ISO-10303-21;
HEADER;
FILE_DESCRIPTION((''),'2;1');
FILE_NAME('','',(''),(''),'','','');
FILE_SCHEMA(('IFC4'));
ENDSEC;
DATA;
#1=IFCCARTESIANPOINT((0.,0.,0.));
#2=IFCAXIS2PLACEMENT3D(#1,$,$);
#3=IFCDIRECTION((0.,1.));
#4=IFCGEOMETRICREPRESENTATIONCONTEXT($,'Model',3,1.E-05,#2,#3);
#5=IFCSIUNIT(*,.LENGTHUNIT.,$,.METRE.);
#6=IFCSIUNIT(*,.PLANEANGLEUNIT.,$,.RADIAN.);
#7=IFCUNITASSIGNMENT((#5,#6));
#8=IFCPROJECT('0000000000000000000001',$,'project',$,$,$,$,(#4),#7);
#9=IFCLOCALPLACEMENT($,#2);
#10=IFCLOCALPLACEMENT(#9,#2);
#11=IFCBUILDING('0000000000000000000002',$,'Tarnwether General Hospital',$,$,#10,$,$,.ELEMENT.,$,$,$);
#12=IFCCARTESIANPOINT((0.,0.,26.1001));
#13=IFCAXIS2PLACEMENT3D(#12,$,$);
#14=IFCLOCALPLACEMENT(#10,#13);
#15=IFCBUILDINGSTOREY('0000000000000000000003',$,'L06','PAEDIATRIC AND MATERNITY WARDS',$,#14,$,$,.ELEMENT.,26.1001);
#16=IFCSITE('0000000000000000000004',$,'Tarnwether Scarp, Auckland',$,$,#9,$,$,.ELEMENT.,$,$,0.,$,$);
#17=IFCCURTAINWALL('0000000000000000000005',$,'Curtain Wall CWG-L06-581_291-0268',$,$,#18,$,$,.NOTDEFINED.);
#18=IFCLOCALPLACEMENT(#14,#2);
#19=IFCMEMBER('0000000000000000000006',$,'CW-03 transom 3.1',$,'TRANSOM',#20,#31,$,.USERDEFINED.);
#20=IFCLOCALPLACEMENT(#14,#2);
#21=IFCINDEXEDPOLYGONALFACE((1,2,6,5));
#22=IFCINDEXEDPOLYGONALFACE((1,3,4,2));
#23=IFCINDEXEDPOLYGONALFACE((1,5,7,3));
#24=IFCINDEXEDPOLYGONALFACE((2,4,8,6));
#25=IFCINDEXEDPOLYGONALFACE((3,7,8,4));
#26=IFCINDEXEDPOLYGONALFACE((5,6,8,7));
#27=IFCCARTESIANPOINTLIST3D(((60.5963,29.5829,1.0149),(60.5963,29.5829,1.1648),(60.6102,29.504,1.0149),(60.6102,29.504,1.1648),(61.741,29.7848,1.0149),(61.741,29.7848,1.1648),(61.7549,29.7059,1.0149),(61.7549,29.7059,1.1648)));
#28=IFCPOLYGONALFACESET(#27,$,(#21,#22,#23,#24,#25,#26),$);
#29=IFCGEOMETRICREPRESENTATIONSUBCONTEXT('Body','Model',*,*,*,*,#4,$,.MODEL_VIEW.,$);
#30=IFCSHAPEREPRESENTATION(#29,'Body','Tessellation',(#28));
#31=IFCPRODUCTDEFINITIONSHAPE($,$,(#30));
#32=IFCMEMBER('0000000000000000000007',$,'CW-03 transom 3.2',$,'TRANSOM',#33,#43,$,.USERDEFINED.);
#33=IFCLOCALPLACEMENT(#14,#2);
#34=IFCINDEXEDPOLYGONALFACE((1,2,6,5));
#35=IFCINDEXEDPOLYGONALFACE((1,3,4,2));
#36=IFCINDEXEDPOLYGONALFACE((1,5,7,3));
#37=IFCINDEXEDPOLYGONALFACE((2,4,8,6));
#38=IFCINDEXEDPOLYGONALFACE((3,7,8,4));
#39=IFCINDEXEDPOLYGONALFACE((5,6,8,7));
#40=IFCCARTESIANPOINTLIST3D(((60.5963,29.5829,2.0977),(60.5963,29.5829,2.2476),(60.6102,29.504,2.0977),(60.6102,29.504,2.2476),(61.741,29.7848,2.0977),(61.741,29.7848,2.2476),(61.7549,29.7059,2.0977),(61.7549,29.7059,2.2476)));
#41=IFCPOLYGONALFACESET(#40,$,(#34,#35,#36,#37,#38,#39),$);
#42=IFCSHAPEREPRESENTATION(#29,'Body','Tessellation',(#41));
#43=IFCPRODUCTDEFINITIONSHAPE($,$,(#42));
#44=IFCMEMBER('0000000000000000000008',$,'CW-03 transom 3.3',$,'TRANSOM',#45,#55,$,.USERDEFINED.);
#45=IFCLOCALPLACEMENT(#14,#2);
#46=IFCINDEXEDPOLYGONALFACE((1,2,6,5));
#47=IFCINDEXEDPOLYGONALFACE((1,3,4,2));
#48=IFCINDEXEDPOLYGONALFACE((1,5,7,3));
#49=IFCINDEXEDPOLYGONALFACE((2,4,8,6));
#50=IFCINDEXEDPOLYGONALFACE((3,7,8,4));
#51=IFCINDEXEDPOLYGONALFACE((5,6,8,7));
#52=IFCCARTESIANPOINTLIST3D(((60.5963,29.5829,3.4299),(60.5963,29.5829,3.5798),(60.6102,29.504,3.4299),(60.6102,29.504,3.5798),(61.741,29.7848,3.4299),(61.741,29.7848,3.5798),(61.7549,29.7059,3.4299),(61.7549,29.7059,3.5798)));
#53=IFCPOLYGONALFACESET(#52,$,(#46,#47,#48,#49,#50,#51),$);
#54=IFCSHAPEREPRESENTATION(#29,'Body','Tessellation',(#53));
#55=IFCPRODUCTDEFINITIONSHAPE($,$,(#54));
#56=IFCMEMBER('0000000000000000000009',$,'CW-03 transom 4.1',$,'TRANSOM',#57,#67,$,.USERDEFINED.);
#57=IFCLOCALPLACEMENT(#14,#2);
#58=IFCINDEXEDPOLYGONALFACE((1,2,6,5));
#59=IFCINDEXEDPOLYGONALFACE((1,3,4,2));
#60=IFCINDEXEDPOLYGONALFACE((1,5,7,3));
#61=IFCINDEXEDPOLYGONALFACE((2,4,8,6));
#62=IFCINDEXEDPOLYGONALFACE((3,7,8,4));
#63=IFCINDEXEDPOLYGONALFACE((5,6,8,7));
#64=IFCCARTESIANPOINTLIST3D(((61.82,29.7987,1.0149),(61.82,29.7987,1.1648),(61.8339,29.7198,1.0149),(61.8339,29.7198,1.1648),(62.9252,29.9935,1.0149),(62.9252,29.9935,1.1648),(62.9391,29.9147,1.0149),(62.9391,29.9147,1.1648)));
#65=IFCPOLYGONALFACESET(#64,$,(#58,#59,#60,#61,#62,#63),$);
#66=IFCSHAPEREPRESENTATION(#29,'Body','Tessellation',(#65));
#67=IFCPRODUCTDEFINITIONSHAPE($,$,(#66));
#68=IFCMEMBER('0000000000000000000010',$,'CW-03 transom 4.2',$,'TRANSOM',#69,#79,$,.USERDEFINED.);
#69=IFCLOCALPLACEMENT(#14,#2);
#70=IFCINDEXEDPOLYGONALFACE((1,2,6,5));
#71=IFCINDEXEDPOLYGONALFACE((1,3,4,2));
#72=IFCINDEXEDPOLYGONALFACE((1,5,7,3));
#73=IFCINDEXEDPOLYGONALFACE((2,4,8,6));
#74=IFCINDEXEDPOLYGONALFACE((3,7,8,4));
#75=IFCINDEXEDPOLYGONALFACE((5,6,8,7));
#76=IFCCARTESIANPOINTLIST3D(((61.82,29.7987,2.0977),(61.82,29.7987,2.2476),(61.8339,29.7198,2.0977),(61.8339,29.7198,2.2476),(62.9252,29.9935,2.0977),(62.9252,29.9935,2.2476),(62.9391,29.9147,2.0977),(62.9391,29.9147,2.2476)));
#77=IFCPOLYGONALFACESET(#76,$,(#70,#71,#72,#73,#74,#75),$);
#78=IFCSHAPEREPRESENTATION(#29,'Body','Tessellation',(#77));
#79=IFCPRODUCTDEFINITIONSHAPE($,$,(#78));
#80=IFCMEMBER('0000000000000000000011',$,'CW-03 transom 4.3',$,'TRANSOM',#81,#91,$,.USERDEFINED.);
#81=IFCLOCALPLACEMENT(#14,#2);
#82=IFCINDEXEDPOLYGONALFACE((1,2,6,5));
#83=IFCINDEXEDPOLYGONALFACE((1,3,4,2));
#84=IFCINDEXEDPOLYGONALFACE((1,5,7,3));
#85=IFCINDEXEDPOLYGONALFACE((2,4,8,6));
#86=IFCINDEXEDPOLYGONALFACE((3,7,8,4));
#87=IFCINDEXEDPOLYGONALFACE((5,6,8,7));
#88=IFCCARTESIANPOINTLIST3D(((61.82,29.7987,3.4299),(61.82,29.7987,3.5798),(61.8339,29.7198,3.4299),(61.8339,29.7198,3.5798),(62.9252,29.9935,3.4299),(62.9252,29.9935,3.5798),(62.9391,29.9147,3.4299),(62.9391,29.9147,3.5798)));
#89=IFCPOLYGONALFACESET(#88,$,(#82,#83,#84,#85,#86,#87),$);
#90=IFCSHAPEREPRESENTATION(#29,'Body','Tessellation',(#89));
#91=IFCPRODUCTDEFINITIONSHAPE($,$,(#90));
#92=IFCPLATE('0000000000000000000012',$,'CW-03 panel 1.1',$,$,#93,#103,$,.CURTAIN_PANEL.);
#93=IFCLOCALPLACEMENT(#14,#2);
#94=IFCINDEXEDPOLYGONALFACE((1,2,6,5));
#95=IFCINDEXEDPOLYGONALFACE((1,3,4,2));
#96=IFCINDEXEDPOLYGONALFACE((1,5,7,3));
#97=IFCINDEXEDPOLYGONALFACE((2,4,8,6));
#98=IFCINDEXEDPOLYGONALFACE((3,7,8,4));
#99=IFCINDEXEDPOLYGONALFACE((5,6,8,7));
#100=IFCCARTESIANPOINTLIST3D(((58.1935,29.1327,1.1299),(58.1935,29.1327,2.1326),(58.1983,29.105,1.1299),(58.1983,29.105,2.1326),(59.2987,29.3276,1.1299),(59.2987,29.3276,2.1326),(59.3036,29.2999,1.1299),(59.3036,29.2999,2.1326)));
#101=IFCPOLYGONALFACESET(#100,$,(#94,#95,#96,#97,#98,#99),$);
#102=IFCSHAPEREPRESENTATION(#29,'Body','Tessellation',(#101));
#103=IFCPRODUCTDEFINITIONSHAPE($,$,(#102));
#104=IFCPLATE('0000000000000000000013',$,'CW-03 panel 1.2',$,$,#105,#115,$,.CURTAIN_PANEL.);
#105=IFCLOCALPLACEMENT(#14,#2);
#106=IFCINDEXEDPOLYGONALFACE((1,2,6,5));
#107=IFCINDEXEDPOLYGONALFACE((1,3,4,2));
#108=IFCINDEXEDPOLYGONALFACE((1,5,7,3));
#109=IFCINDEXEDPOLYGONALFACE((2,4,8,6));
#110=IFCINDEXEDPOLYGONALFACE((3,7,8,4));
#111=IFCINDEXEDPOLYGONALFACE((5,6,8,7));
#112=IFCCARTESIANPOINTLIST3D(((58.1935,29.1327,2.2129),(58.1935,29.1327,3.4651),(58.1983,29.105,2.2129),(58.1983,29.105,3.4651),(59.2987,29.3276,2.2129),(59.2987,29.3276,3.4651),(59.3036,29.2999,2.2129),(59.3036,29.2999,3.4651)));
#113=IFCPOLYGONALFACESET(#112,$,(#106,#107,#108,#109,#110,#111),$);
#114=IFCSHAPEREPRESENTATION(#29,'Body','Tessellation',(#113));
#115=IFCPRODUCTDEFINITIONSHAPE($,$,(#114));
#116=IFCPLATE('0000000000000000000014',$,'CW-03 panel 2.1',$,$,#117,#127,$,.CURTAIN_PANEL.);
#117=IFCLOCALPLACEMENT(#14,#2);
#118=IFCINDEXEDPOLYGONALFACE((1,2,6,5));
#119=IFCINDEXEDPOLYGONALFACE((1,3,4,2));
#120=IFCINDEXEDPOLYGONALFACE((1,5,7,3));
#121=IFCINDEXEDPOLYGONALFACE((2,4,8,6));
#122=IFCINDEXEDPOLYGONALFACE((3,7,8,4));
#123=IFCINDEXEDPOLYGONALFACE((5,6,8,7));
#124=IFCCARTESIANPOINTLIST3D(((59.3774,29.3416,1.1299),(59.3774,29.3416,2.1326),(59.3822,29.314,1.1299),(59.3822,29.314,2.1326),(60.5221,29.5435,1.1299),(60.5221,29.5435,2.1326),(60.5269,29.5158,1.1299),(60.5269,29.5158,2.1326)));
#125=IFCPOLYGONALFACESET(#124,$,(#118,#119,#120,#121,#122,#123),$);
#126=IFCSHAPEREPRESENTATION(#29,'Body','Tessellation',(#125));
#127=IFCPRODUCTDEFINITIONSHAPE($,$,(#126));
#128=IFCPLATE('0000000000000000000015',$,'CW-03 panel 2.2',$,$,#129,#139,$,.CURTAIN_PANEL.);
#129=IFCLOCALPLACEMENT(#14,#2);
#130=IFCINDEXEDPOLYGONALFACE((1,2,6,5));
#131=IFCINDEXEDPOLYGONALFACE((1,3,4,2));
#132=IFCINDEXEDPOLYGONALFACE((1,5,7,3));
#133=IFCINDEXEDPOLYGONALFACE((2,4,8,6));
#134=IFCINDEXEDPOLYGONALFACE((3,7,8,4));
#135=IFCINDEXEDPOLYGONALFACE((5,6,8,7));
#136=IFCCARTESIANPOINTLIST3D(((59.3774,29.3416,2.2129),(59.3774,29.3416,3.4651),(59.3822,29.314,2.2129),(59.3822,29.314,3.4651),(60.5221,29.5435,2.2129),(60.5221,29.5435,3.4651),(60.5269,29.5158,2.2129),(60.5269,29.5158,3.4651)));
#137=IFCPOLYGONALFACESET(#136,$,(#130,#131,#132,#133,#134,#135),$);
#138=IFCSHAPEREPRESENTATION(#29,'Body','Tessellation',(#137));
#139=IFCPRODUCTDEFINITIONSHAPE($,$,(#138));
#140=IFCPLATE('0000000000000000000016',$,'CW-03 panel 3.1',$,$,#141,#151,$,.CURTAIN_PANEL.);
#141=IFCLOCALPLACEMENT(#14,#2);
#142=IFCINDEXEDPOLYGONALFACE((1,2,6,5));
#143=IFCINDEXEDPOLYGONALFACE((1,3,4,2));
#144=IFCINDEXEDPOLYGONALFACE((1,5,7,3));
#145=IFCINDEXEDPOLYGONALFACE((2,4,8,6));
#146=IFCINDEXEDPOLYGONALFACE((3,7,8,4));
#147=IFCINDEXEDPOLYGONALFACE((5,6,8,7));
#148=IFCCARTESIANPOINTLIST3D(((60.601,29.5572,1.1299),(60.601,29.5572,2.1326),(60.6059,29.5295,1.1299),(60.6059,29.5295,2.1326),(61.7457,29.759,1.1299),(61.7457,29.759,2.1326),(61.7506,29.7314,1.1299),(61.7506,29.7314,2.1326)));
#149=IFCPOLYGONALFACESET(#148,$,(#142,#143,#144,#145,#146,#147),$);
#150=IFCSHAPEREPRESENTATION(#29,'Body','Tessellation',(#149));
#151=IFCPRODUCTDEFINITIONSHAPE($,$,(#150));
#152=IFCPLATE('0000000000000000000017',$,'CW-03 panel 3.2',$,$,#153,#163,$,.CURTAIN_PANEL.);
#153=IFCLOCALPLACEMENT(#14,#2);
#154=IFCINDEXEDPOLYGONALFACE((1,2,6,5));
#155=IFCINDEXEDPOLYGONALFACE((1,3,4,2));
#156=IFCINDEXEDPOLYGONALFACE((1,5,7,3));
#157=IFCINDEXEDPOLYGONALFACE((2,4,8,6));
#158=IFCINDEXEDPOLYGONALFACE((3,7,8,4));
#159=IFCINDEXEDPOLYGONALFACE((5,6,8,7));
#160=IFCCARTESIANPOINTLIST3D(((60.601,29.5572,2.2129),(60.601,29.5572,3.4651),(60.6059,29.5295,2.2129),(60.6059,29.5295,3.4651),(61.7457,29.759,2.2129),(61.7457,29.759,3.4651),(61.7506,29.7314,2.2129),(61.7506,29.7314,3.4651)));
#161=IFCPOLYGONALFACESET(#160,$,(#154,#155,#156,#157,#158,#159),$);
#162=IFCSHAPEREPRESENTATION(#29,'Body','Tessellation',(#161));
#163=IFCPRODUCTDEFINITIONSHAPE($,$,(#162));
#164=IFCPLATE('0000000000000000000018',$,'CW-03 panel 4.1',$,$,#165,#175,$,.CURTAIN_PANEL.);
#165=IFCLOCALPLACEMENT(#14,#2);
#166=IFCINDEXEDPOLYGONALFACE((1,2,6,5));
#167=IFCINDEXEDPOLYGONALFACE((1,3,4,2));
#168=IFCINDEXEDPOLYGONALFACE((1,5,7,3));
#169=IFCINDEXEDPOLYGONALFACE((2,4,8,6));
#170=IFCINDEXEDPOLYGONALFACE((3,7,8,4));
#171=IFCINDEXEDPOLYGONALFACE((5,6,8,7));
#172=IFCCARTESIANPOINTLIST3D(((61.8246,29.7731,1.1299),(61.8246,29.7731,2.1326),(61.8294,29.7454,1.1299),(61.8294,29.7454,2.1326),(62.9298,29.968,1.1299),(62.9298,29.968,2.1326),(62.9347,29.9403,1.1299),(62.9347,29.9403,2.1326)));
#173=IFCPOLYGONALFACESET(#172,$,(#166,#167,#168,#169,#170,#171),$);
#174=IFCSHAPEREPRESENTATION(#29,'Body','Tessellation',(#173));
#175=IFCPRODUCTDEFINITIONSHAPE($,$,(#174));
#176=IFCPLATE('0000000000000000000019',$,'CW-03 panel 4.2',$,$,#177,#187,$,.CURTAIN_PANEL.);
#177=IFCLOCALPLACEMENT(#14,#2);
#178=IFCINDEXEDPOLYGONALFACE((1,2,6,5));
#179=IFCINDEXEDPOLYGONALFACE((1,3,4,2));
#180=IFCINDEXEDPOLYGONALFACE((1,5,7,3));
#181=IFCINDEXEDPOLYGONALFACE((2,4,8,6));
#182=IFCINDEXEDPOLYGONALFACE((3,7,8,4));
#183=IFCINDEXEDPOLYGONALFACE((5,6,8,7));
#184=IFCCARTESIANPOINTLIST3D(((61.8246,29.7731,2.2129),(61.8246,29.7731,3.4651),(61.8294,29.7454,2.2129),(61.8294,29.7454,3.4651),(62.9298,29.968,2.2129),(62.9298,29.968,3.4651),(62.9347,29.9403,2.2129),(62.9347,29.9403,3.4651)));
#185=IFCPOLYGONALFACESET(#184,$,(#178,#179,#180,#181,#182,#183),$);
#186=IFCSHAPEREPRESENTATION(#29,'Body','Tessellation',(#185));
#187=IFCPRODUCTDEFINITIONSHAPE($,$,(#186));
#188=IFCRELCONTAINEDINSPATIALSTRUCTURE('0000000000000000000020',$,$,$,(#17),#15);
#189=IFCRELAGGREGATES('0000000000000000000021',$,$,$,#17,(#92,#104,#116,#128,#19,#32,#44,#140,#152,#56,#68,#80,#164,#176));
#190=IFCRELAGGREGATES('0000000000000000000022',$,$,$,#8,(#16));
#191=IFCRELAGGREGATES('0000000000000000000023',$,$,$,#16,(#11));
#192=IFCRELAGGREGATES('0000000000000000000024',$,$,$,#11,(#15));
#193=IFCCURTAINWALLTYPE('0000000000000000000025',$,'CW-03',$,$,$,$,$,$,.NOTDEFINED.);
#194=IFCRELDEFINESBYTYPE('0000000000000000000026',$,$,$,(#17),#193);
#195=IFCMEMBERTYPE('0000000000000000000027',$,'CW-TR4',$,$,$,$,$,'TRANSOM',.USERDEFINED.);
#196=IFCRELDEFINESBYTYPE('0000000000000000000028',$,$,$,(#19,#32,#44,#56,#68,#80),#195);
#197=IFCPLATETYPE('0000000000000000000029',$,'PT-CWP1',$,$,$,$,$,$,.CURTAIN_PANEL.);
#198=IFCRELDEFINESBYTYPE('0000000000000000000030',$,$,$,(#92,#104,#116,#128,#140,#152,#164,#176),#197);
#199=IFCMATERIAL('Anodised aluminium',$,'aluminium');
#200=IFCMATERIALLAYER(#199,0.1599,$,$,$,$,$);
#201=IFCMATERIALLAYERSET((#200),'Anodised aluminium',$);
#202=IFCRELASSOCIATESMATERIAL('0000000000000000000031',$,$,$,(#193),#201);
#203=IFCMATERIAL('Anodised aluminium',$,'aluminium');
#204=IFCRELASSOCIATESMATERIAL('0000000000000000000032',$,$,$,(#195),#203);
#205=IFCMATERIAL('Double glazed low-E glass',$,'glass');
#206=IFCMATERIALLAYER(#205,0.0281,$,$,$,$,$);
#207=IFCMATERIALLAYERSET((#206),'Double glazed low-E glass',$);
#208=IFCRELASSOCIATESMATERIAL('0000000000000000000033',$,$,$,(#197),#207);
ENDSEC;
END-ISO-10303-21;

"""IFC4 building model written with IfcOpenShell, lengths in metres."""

from ifc_helpers import new_model, si_unit, direction, frame, origin, origin_2d, place, context, subcontext, project, spatial, rectangle, extrude, material, layer, layer_set, material_profile, profile_set, type_object, element, aggregate, save


model = new_model("IFC4")

# Units and contexts
model_context = context("Model", 3, precision=1e-05, world=origin(), true_north=direction((0.0, 1.0)))
body_context = subcontext(model_context, "Body", "Model", "MODEL_VIEW")
ifc_project = project(units=[si_unit("LENGTHUNIT", "METRE"), si_unit("PLANEANGLEUNIT", "RADIAN")], contexts=[model_context])

# Site, building, storey
site_placement = place(None, origin())
site = spatial("IfcSite", under=ifc_project, at=site_placement, Name="Tarnwether Scarp, Auckland", CompositionType="ELEMENT", RefElevation=0.0)
building_placement = place(site_placement, origin())
building = spatial("IfcBuilding", under=site, at=building_placement, Name="Tarnwether General Hospital", CompositionType="ELEMENT")
storey_placement = place(building_placement, frame((0.0, 0.0, 26.1001)))
storey = spatial("IfcBuildingStorey", under=building, at=storey_placement, Name="L06", Description="PAEDIATRIC AND MATERNITY WARDS", CompositionType="ELEMENT", Elevation=26.1001)

# Shared definitions
ifc_material_1 = material(Name="Anodised aluminium", Category="aluminium")
ifc_layer_1 = layer(ifc_material_1, 0.1599)
ifc_layer_set_1 = layer_set([ifc_layer_1], Name="Anodised aluminium")
curtain_wall_type = type_object("IfcCurtainWallType", Name="CW-03", PredefinedType="NOTDEFINED", material=ifc_layer_set_1)

# Curtain wall
curtain_wall_1_placement = place(storey_placement, origin())
curtain_wall_1 = element("IfcCurtainWall", 1, at=curtain_wall_1_placement, inside=storey, type_object=curtain_wall_type, Name="Curtain Wall CWG-L06-581_291-0268", PredefinedType="NOTDEFINED")

# Members
ifc_material_2 = material(Name="Anodised aluminium", Category="aluminium")
ifc_material_profile_1 = material_profile(ifc_material_2, rectangle(XDim=0.0801, YDim=0.1499, at=origin_2d()), Name="ALU-TRN-80x150")
ifc_profile_set_1 = profile_set([ifc_material_profile_1], Name="Anodised aluminium")
member_type_1 = type_object("IfcMemberType", Name="CW-TR4", ElementType="TRANSOM", PredefinedType="USERDEFINED", material=ifc_profile_set_1)
member_1_placement = place(storey_placement, frame((60.6033, 29.5435, 1.0898), z_axis=(0.9848, 0.173689, 0.0), x_axis=(-0.173689, 0.9848, 0.0)))
member_1 = element("IfcMember", 2, at=member_1_placement, type_object=member_type_1, Name="CW-03 transom 3.1", ObjectType="TRANSOM", PredefinedType="USERDEFINED", context=body_context, shape_type="SweptSolid", body=[
    extrude(rectangle(XDim=0.0801, YDim=0.1499, at=origin_2d()), origin(), (0.0, 0.0, 1.0), 1.1624),
])
member_2_placement = place(storey_placement, frame((60.6033, 29.5435, 2.1726), z_axis=(0.9848, 0.173689, 0.0), x_axis=(-0.173689, 0.9848, 0.0)))
member_2 = element("IfcMember", 3, at=member_2_placement, type_object=member_type_1, Name="CW-03 transom 3.2", ObjectType="TRANSOM", PredefinedType="USERDEFINED", context=body_context, shape_type="SweptSolid", body=[
    extrude(rectangle(XDim=0.0801, YDim=0.1499, at=origin_2d()), origin(), (0.0, 0.0, 1.0), 1.1624),
])
member_3_placement = place(storey_placement, frame((60.6033, 29.5435, 3.5049), z_axis=(0.9848, 0.173689, 0.0), x_axis=(-0.173689, 0.9848, 0.0)))
member_3 = element("IfcMember", 4, at=member_3_placement, type_object=member_type_1, Name="CW-03 transom 3.3", ObjectType="TRANSOM", PredefinedType="USERDEFINED", context=body_context, shape_type="SweptSolid", body=[
    extrude(rectangle(XDim=0.0801, YDim=0.1499, at=origin_2d()), origin(), (0.0, 0.0, 1.0), 1.1624),
])
member_4_placement = place(storey_placement, frame((61.8269, 29.7593, 1.0898), z_axis=(0.984816, 0.173599, 0.0), x_axis=(-0.173599, 0.984816, 0.0)))
member_4 = element("IfcMember", 5, at=member_4_placement, type_object=member_type_1, Name="CW-03 transom 4.1", ObjectType="TRANSOM", PredefinedType="USERDEFINED", context=body_context, shape_type="SweptSolid", body=[
    extrude(rectangle(XDim=0.0801, YDim=0.1499, at=origin_2d()), origin(), (0.0, 0.0, 1.0), 1.1223),
])
member_5_placement = place(storey_placement, frame((61.8269, 29.7593, 2.1726), z_axis=(0.984816, 0.173599, 0.0), x_axis=(-0.173599, 0.984816, 0.0)))
member_5 = element("IfcMember", 6, at=member_5_placement, type_object=member_type_1, Name="CW-03 transom 4.2", ObjectType="TRANSOM", PredefinedType="USERDEFINED", context=body_context, shape_type="SweptSolid", body=[
    extrude(rectangle(XDim=0.0801, YDim=0.1499, at=origin_2d()), origin(), (0.0, 0.0, 1.0), 1.1223),
])
member_6_placement = place(storey_placement, frame((61.8269, 29.7593, 3.5049), z_axis=(0.984816, 0.173599, 0.0), x_axis=(-0.173599, 0.984816, 0.0)))
member_6 = element("IfcMember", 7, at=member_6_placement, type_object=member_type_1, Name="CW-03 transom 4.3", ObjectType="TRANSOM", PredefinedType="USERDEFINED", context=body_context, shape_type="SweptSolid", body=[
    extrude(rectangle(XDim=0.0801, YDim=0.1499, at=origin_2d()), origin(), (0.0, 0.0, 1.0), 1.1223),
])

# Plates
ifc_material_3 = material(Name="Double glazed low-E glass", Category="glass")
ifc_layer_2 = layer(ifc_material_3, 0.0281)
ifc_layer_set_2 = layer_set([ifc_layer_2], Name="Double glazed low-E glass")
plate_type = type_object("IfcPlateType", Name="PT-CWP1", PredefinedType="CURTAIN_PANEL", material=ifc_layer_set_2)
plate_1_placement = place(storey_placement, frame((58.7485, 29.2163, 1.1299), z_axis=(0.0, 0.0, 1.0), x_axis=(0.984806, 0.173659, 0.0)))
plate_1 = element("IfcPlate", 8, at=plate_1_placement, type_object=plate_type, Name="CW-03 panel 1.1", PredefinedType="CURTAIN_PANEL", context=body_context, shape_type="SweptSolid", body=[
    extrude(rectangle(XDim=1.1223, YDim=0.0281, at=origin_2d()), origin(), (0.0, 0.0, 1.0), 1.0027),
])
plate_2_placement = place(storey_placement, frame((58.7485, 29.2163, 2.2129), z_axis=(0.0, 0.0, 1.0), x_axis=(0.984806, 0.173659, 0.0)))
plate_2 = element("IfcPlate", 9, at=plate_2_placement, type_object=plate_type, Name="CW-03 panel 1.2", PredefinedType="CURTAIN_PANEL", context=body_context, shape_type="SweptSolid", body=[
    extrude(rectangle(XDim=1.1223, YDim=0.0281, at=origin_2d()), origin(), (0.0, 0.0, 1.0), 1.2522),
])
plate_3_placement = place(storey_placement, frame((59.9521, 29.4287, 1.1299), z_axis=(0.0, 0.0, 1.0), x_axis=(0.984806, 0.173659, 0.0)))
plate_3 = element("IfcPlate", 10, at=plate_3_placement, type_object=plate_type, Name="CW-03 panel 2.1", PredefinedType="CURTAIN_PANEL", context=body_context, shape_type="SweptSolid", body=[
    extrude(rectangle(XDim=1.1624, YDim=0.0281, at=origin_2d()), origin(), (0.0, 0.0, 1.0), 1.0027),
])
plate_4_placement = place(storey_placement, frame((59.9521, 29.4287, 2.2129), z_axis=(0.0, 0.0, 1.0), x_axis=(0.984806, 0.173659, 0.0)))
plate_4 = element("IfcPlate", 11, at=plate_4_placement, type_object=plate_type, Name="CW-03 panel 2.2", PredefinedType="CURTAIN_PANEL", context=body_context, shape_type="SweptSolid", body=[
    extrude(rectangle(XDim=1.1624, YDim=0.0281, at=origin_2d()), origin(), (0.0, 0.0, 1.0), 1.2522),
])
plate_5_placement = place(storey_placement, frame((61.1758, 29.6443, 1.1299), z_axis=(0.0, 0.0, 1.0), x_axis=(0.984806, 0.173659, 0.0)))
plate_5 = element("IfcPlate", 12, at=plate_5_placement, type_object=plate_type, Name="CW-03 panel 3.1", PredefinedType="CURTAIN_PANEL", context=body_context, shape_type="SweptSolid", body=[
    extrude(rectangle(XDim=1.1624, YDim=0.0281, at=origin_2d()), origin(), (0.0, 0.0, 1.0), 1.0027),
])
plate_6_placement = place(storey_placement, frame((61.1758, 29.6443, 2.2129), z_axis=(0.0, 0.0, 1.0), x_axis=(0.984806, 0.173659, 0.0)))
plate_6 = element("IfcPlate", 13, at=plate_6_placement, type_object=plate_type, Name="CW-03 panel 3.2", PredefinedType="CURTAIN_PANEL", context=body_context, shape_type="SweptSolid", body=[
    extrude(rectangle(XDim=1.1624, YDim=0.0281, at=origin_2d()), origin(), (0.0, 0.0, 1.0), 1.2522),
])
plate_7_placement = place(storey_placement, frame((62.3796, 29.8567, 1.1299), z_axis=(0.0, 0.0, 1.0), x_axis=(0.984806, 0.173659, 0.0)))
plate_7 = element("IfcPlate", 14, at=plate_7_placement, type_object=plate_type, Name="CW-03 panel 4.1", PredefinedType="CURTAIN_PANEL", context=body_context, shape_type="SweptSolid", body=[
    extrude(rectangle(XDim=1.1223, YDim=0.0281, at=origin_2d()), origin(), (0.0, 0.0, 1.0), 1.0027),
])
plate_8_placement = place(storey_placement, frame((62.3796, 29.8567, 2.2129), z_axis=(0.0, 0.0, 1.0), x_axis=(0.984806, 0.173659, 0.0)))
plate_8 = element("IfcPlate", 15, at=plate_8_placement, type_object=plate_type, Name="CW-03 panel 4.2", PredefinedType="CURTAIN_PANEL", context=body_context, shape_type="SweptSolid", body=[
    extrude(rectangle(XDim=1.1223, YDim=0.0281, at=origin_2d()), origin(), (0.0, 0.0, 1.0), 1.2522),
])
aggregate(curtain_wall_1, [plate_1, plate_2, plate_3, plate_4, member_1, member_2, member_3, plate_5, plate_6, member_4, member_5, member_6, plate_7, plate_8])

save(model, "model.ifc")
